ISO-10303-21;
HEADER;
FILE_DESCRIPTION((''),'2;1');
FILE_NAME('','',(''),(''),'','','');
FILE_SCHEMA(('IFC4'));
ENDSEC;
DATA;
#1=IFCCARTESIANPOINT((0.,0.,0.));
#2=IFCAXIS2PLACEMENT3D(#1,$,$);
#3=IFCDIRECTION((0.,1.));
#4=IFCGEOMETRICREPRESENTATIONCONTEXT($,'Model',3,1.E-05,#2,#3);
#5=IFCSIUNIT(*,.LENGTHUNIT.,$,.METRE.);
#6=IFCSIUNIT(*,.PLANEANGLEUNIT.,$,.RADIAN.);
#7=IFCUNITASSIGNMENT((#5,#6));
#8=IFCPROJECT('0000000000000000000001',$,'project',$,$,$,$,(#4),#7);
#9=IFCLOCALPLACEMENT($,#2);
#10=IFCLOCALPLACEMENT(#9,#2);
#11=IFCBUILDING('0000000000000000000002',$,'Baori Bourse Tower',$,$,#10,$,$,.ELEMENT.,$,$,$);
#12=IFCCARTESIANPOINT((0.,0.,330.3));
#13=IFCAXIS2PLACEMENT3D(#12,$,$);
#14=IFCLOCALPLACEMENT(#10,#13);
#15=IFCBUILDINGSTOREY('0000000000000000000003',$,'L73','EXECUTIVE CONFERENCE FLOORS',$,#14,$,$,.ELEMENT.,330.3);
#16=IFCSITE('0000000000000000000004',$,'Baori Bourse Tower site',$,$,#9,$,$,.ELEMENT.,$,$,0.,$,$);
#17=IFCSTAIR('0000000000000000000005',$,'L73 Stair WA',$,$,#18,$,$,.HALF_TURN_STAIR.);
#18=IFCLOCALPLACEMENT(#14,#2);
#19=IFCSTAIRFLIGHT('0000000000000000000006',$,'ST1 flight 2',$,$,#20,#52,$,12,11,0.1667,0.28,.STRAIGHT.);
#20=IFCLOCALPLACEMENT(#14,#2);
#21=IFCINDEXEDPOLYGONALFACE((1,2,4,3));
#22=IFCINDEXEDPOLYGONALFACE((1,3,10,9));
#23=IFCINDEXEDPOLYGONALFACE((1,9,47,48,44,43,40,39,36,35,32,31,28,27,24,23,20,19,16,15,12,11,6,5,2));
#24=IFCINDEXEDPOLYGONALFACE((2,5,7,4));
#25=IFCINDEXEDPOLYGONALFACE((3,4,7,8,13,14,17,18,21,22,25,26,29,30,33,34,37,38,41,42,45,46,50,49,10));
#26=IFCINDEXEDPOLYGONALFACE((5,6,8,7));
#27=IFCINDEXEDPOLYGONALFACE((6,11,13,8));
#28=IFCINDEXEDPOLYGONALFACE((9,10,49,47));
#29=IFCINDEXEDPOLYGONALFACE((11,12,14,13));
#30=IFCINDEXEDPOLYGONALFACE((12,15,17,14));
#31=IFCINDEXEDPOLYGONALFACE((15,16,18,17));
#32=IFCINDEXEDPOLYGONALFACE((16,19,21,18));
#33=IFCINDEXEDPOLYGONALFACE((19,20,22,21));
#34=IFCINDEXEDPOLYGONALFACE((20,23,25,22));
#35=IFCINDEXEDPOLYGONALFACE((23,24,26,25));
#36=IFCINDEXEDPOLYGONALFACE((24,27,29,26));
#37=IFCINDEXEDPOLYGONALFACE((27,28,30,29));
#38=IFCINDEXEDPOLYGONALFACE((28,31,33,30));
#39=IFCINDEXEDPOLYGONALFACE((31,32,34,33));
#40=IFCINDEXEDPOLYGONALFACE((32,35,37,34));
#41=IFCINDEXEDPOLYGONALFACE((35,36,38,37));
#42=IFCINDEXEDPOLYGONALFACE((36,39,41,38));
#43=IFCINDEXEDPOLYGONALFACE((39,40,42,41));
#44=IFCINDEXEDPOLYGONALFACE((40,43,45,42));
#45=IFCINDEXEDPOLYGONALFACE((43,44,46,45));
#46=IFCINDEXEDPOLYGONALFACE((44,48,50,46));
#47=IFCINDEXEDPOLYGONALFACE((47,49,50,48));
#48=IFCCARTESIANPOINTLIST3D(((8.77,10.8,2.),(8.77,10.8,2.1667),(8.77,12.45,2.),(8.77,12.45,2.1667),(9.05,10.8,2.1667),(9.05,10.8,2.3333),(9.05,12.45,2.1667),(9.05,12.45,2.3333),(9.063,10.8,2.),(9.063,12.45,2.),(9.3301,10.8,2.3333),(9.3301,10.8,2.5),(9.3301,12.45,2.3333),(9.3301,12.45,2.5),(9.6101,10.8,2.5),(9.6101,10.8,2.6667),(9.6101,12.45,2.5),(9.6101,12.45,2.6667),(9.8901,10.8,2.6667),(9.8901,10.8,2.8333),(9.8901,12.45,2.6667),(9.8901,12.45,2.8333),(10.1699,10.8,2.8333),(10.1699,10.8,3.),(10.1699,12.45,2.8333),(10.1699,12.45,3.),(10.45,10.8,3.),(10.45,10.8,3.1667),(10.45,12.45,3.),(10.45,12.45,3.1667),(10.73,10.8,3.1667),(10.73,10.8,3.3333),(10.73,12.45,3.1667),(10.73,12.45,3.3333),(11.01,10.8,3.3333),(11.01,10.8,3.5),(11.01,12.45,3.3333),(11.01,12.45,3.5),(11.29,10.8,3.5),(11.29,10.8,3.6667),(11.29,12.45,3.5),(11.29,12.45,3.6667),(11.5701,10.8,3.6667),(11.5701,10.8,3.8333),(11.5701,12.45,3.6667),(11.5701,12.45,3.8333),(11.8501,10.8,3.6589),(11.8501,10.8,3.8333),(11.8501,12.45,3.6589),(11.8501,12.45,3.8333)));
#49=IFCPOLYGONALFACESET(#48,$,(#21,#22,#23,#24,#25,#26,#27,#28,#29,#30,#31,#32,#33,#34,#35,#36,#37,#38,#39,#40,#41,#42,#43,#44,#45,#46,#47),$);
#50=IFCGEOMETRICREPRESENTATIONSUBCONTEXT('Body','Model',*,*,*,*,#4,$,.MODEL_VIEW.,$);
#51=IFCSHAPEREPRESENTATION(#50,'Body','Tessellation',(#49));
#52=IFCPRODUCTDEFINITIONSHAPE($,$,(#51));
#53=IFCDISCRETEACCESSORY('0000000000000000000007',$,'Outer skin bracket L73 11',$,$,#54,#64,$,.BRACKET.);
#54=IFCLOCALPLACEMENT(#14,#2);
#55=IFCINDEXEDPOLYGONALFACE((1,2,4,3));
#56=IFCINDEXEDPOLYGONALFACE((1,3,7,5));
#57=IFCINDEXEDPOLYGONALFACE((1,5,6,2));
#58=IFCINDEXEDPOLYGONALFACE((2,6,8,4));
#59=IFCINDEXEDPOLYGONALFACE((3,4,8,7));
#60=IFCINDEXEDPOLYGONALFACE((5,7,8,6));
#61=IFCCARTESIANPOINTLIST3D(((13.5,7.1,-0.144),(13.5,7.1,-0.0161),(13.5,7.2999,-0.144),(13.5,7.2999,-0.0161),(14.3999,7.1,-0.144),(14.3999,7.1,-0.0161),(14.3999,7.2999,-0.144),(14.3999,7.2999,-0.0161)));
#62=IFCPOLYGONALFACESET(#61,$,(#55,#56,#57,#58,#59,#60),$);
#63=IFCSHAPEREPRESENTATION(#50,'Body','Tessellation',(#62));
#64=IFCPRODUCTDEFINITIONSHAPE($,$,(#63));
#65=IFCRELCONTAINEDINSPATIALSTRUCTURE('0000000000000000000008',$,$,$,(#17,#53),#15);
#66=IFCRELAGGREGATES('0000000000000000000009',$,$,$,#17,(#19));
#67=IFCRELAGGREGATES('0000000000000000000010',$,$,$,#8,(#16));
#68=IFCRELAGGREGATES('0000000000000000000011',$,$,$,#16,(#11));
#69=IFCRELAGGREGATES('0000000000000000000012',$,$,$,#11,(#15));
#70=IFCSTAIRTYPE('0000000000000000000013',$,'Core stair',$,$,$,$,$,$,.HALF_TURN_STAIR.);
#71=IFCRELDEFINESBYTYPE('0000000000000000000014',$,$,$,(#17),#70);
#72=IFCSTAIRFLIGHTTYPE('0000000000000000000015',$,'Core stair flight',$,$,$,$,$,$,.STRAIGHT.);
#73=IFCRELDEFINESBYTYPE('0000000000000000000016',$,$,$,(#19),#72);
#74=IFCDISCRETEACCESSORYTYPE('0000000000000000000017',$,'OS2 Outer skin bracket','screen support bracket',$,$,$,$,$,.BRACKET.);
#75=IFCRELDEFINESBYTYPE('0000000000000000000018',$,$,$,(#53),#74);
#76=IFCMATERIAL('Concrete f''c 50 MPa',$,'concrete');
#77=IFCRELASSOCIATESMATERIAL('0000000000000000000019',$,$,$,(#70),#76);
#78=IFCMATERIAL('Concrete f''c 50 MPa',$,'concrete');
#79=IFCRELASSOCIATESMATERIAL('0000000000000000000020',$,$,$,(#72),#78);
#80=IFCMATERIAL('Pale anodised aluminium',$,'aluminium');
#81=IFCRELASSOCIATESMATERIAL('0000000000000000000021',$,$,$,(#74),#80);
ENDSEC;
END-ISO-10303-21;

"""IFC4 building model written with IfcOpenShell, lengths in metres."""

from ifc_helpers import new_model, si_unit, direction, frame, origin, origin_2d, place, context, subcontext, project, spatial, polyline, rectangle, outline, extrude, material, type_object, element, aggregate, save


model = new_model("IFC4")

# Units and contexts
model_context = context("Model", 3, precision=1e-05, world=origin(), true_north=direction((0.0, 1.0)))
body_context = subcontext(model_context, "Body", "Model", "MODEL_VIEW")
ifc_project = project(units=[si_unit("LENGTHUNIT", "METRE"), si_unit("PLANEANGLEUNIT", "RADIAN")], contexts=[model_context])

# Site, building, storey
site_placement = place(None, origin())
site = spatial("IfcSite", under=ifc_project, at=site_placement, Name="Baori Bourse Tower site", CompositionType="ELEMENT", RefElevation=0.0)
building_placement = place(site_placement, origin())
building = spatial("IfcBuilding", under=site, at=building_placement, Name="Baori Bourse Tower", CompositionType="ELEMENT")
storey_placement = place(building_placement, frame((0.0, 0.0, 330.3)))
storey = spatial("IfcBuildingStorey", under=building, at=storey_placement, Name="L73", Description="EXECUTIVE CONFERENCE FLOORS", CompositionType="ELEMENT", Elevation=330.3)

# Stair, stair flight
ifc_material_1 = material(Name="Concrete f'c 50 MPa", Category="concrete")
stair_type = type_object("IfcStairType", Name="Core stair", PredefinedType="HALF_TURN_STAIR", material=ifc_material_1)
stair_placement = place(storey_placement, origin())
stair = element("IfcStair", 1, at=stair_placement, inside=storey, type_object=stair_type, Name="L73 Stair WA", PredefinedType="HALF_TURN_STAIR")
ifc_material_2 = material(Name="Concrete f'c 50 MPa", Category="concrete")
stair_flight_type = type_object("IfcStairFlightType", Name="Core stair flight", PredefinedType="STRAIGHT", material=ifc_material_2)
stair_flight_1_placement = place(storey_placement, frame((8.77, 11.625, 2.0), z_axis=(0.0, 0.0, 1.0), x_axis=(1.0, 0.0, 0.0)))
stair_flight_1 = element("IfcStairFlight", 2, at=stair_flight_1_placement, type_object=stair_flight_type, Name="ST1 flight 2", NumberOfRisers=12, NumberOfTreads=11, PredefinedType="STRAIGHT", RiserHeight=0.1667, TreadLength=0.28, context=body_context, shape_type="SweptSolid", body=[
    extrude(outline(polyline([(0.0, 0.0), (0.0, 0.1667), (0.28, 0.1667), (0.28, 0.3333), (0.5601, 0.3333), (0.5601, 0.5), (0.8401, 0.5), (0.8401, 0.6667), (1.1201, 0.6667), (1.1201, 0.8333), (1.3999, 0.8333), (1.3999, 1.0), (1.6799, 1.0), (1.6799, 1.1667), (1.96, 1.1667), (1.96, 1.3333), (2.24, 1.3333), (2.24, 1.5), (2.52, 1.5), (2.52, 1.6667), (2.8, 1.6667), (2.8, 1.8333), (3.0801, 1.8333), (3.0801, 2.0), (3.0801, 1.6589), (0.293, 0.0), (0.0, 0.0)])), frame((0.0, 0.825, 0.0), z_axis=(0.0, -1.0, 0.0), x_axis=(1.0, 0.0, 0.0)), (0.0, 0.0, 1.0), 1.6499),
])
aggregate(stair, [stair_flight_1])

# Discrete accessory
ifc_material_3 = material(Name="Pale anodised aluminium", Category="aluminium")
discrete_accessory_type = type_object("IfcDiscreteAccessoryType", Name="OS2 Outer skin bracket", Description="screen support bracket", PredefinedType="BRACKET", material=ifc_material_3)
discrete_accessory_placement = place(storey_placement, frame((13.95, 7.2, -0.144), z_axis=(0.0, 0.0, 1.0), x_axis=(0.0, -1.0, 0.0)))
element("IfcDiscreteAccessory", 3, at=discrete_accessory_placement, inside=storey, type_object=discrete_accessory_type, Name="Outer skin bracket L73 11", PredefinedType="BRACKET", context=body_context, shape_type="SweptSolid", body=[
    extrude(rectangle(XDim=0.2, YDim=0.8999, at=origin_2d()), origin(), (0.0, 0.0, 1.0), 0.1279),
])

save(model, "model.ifc")
